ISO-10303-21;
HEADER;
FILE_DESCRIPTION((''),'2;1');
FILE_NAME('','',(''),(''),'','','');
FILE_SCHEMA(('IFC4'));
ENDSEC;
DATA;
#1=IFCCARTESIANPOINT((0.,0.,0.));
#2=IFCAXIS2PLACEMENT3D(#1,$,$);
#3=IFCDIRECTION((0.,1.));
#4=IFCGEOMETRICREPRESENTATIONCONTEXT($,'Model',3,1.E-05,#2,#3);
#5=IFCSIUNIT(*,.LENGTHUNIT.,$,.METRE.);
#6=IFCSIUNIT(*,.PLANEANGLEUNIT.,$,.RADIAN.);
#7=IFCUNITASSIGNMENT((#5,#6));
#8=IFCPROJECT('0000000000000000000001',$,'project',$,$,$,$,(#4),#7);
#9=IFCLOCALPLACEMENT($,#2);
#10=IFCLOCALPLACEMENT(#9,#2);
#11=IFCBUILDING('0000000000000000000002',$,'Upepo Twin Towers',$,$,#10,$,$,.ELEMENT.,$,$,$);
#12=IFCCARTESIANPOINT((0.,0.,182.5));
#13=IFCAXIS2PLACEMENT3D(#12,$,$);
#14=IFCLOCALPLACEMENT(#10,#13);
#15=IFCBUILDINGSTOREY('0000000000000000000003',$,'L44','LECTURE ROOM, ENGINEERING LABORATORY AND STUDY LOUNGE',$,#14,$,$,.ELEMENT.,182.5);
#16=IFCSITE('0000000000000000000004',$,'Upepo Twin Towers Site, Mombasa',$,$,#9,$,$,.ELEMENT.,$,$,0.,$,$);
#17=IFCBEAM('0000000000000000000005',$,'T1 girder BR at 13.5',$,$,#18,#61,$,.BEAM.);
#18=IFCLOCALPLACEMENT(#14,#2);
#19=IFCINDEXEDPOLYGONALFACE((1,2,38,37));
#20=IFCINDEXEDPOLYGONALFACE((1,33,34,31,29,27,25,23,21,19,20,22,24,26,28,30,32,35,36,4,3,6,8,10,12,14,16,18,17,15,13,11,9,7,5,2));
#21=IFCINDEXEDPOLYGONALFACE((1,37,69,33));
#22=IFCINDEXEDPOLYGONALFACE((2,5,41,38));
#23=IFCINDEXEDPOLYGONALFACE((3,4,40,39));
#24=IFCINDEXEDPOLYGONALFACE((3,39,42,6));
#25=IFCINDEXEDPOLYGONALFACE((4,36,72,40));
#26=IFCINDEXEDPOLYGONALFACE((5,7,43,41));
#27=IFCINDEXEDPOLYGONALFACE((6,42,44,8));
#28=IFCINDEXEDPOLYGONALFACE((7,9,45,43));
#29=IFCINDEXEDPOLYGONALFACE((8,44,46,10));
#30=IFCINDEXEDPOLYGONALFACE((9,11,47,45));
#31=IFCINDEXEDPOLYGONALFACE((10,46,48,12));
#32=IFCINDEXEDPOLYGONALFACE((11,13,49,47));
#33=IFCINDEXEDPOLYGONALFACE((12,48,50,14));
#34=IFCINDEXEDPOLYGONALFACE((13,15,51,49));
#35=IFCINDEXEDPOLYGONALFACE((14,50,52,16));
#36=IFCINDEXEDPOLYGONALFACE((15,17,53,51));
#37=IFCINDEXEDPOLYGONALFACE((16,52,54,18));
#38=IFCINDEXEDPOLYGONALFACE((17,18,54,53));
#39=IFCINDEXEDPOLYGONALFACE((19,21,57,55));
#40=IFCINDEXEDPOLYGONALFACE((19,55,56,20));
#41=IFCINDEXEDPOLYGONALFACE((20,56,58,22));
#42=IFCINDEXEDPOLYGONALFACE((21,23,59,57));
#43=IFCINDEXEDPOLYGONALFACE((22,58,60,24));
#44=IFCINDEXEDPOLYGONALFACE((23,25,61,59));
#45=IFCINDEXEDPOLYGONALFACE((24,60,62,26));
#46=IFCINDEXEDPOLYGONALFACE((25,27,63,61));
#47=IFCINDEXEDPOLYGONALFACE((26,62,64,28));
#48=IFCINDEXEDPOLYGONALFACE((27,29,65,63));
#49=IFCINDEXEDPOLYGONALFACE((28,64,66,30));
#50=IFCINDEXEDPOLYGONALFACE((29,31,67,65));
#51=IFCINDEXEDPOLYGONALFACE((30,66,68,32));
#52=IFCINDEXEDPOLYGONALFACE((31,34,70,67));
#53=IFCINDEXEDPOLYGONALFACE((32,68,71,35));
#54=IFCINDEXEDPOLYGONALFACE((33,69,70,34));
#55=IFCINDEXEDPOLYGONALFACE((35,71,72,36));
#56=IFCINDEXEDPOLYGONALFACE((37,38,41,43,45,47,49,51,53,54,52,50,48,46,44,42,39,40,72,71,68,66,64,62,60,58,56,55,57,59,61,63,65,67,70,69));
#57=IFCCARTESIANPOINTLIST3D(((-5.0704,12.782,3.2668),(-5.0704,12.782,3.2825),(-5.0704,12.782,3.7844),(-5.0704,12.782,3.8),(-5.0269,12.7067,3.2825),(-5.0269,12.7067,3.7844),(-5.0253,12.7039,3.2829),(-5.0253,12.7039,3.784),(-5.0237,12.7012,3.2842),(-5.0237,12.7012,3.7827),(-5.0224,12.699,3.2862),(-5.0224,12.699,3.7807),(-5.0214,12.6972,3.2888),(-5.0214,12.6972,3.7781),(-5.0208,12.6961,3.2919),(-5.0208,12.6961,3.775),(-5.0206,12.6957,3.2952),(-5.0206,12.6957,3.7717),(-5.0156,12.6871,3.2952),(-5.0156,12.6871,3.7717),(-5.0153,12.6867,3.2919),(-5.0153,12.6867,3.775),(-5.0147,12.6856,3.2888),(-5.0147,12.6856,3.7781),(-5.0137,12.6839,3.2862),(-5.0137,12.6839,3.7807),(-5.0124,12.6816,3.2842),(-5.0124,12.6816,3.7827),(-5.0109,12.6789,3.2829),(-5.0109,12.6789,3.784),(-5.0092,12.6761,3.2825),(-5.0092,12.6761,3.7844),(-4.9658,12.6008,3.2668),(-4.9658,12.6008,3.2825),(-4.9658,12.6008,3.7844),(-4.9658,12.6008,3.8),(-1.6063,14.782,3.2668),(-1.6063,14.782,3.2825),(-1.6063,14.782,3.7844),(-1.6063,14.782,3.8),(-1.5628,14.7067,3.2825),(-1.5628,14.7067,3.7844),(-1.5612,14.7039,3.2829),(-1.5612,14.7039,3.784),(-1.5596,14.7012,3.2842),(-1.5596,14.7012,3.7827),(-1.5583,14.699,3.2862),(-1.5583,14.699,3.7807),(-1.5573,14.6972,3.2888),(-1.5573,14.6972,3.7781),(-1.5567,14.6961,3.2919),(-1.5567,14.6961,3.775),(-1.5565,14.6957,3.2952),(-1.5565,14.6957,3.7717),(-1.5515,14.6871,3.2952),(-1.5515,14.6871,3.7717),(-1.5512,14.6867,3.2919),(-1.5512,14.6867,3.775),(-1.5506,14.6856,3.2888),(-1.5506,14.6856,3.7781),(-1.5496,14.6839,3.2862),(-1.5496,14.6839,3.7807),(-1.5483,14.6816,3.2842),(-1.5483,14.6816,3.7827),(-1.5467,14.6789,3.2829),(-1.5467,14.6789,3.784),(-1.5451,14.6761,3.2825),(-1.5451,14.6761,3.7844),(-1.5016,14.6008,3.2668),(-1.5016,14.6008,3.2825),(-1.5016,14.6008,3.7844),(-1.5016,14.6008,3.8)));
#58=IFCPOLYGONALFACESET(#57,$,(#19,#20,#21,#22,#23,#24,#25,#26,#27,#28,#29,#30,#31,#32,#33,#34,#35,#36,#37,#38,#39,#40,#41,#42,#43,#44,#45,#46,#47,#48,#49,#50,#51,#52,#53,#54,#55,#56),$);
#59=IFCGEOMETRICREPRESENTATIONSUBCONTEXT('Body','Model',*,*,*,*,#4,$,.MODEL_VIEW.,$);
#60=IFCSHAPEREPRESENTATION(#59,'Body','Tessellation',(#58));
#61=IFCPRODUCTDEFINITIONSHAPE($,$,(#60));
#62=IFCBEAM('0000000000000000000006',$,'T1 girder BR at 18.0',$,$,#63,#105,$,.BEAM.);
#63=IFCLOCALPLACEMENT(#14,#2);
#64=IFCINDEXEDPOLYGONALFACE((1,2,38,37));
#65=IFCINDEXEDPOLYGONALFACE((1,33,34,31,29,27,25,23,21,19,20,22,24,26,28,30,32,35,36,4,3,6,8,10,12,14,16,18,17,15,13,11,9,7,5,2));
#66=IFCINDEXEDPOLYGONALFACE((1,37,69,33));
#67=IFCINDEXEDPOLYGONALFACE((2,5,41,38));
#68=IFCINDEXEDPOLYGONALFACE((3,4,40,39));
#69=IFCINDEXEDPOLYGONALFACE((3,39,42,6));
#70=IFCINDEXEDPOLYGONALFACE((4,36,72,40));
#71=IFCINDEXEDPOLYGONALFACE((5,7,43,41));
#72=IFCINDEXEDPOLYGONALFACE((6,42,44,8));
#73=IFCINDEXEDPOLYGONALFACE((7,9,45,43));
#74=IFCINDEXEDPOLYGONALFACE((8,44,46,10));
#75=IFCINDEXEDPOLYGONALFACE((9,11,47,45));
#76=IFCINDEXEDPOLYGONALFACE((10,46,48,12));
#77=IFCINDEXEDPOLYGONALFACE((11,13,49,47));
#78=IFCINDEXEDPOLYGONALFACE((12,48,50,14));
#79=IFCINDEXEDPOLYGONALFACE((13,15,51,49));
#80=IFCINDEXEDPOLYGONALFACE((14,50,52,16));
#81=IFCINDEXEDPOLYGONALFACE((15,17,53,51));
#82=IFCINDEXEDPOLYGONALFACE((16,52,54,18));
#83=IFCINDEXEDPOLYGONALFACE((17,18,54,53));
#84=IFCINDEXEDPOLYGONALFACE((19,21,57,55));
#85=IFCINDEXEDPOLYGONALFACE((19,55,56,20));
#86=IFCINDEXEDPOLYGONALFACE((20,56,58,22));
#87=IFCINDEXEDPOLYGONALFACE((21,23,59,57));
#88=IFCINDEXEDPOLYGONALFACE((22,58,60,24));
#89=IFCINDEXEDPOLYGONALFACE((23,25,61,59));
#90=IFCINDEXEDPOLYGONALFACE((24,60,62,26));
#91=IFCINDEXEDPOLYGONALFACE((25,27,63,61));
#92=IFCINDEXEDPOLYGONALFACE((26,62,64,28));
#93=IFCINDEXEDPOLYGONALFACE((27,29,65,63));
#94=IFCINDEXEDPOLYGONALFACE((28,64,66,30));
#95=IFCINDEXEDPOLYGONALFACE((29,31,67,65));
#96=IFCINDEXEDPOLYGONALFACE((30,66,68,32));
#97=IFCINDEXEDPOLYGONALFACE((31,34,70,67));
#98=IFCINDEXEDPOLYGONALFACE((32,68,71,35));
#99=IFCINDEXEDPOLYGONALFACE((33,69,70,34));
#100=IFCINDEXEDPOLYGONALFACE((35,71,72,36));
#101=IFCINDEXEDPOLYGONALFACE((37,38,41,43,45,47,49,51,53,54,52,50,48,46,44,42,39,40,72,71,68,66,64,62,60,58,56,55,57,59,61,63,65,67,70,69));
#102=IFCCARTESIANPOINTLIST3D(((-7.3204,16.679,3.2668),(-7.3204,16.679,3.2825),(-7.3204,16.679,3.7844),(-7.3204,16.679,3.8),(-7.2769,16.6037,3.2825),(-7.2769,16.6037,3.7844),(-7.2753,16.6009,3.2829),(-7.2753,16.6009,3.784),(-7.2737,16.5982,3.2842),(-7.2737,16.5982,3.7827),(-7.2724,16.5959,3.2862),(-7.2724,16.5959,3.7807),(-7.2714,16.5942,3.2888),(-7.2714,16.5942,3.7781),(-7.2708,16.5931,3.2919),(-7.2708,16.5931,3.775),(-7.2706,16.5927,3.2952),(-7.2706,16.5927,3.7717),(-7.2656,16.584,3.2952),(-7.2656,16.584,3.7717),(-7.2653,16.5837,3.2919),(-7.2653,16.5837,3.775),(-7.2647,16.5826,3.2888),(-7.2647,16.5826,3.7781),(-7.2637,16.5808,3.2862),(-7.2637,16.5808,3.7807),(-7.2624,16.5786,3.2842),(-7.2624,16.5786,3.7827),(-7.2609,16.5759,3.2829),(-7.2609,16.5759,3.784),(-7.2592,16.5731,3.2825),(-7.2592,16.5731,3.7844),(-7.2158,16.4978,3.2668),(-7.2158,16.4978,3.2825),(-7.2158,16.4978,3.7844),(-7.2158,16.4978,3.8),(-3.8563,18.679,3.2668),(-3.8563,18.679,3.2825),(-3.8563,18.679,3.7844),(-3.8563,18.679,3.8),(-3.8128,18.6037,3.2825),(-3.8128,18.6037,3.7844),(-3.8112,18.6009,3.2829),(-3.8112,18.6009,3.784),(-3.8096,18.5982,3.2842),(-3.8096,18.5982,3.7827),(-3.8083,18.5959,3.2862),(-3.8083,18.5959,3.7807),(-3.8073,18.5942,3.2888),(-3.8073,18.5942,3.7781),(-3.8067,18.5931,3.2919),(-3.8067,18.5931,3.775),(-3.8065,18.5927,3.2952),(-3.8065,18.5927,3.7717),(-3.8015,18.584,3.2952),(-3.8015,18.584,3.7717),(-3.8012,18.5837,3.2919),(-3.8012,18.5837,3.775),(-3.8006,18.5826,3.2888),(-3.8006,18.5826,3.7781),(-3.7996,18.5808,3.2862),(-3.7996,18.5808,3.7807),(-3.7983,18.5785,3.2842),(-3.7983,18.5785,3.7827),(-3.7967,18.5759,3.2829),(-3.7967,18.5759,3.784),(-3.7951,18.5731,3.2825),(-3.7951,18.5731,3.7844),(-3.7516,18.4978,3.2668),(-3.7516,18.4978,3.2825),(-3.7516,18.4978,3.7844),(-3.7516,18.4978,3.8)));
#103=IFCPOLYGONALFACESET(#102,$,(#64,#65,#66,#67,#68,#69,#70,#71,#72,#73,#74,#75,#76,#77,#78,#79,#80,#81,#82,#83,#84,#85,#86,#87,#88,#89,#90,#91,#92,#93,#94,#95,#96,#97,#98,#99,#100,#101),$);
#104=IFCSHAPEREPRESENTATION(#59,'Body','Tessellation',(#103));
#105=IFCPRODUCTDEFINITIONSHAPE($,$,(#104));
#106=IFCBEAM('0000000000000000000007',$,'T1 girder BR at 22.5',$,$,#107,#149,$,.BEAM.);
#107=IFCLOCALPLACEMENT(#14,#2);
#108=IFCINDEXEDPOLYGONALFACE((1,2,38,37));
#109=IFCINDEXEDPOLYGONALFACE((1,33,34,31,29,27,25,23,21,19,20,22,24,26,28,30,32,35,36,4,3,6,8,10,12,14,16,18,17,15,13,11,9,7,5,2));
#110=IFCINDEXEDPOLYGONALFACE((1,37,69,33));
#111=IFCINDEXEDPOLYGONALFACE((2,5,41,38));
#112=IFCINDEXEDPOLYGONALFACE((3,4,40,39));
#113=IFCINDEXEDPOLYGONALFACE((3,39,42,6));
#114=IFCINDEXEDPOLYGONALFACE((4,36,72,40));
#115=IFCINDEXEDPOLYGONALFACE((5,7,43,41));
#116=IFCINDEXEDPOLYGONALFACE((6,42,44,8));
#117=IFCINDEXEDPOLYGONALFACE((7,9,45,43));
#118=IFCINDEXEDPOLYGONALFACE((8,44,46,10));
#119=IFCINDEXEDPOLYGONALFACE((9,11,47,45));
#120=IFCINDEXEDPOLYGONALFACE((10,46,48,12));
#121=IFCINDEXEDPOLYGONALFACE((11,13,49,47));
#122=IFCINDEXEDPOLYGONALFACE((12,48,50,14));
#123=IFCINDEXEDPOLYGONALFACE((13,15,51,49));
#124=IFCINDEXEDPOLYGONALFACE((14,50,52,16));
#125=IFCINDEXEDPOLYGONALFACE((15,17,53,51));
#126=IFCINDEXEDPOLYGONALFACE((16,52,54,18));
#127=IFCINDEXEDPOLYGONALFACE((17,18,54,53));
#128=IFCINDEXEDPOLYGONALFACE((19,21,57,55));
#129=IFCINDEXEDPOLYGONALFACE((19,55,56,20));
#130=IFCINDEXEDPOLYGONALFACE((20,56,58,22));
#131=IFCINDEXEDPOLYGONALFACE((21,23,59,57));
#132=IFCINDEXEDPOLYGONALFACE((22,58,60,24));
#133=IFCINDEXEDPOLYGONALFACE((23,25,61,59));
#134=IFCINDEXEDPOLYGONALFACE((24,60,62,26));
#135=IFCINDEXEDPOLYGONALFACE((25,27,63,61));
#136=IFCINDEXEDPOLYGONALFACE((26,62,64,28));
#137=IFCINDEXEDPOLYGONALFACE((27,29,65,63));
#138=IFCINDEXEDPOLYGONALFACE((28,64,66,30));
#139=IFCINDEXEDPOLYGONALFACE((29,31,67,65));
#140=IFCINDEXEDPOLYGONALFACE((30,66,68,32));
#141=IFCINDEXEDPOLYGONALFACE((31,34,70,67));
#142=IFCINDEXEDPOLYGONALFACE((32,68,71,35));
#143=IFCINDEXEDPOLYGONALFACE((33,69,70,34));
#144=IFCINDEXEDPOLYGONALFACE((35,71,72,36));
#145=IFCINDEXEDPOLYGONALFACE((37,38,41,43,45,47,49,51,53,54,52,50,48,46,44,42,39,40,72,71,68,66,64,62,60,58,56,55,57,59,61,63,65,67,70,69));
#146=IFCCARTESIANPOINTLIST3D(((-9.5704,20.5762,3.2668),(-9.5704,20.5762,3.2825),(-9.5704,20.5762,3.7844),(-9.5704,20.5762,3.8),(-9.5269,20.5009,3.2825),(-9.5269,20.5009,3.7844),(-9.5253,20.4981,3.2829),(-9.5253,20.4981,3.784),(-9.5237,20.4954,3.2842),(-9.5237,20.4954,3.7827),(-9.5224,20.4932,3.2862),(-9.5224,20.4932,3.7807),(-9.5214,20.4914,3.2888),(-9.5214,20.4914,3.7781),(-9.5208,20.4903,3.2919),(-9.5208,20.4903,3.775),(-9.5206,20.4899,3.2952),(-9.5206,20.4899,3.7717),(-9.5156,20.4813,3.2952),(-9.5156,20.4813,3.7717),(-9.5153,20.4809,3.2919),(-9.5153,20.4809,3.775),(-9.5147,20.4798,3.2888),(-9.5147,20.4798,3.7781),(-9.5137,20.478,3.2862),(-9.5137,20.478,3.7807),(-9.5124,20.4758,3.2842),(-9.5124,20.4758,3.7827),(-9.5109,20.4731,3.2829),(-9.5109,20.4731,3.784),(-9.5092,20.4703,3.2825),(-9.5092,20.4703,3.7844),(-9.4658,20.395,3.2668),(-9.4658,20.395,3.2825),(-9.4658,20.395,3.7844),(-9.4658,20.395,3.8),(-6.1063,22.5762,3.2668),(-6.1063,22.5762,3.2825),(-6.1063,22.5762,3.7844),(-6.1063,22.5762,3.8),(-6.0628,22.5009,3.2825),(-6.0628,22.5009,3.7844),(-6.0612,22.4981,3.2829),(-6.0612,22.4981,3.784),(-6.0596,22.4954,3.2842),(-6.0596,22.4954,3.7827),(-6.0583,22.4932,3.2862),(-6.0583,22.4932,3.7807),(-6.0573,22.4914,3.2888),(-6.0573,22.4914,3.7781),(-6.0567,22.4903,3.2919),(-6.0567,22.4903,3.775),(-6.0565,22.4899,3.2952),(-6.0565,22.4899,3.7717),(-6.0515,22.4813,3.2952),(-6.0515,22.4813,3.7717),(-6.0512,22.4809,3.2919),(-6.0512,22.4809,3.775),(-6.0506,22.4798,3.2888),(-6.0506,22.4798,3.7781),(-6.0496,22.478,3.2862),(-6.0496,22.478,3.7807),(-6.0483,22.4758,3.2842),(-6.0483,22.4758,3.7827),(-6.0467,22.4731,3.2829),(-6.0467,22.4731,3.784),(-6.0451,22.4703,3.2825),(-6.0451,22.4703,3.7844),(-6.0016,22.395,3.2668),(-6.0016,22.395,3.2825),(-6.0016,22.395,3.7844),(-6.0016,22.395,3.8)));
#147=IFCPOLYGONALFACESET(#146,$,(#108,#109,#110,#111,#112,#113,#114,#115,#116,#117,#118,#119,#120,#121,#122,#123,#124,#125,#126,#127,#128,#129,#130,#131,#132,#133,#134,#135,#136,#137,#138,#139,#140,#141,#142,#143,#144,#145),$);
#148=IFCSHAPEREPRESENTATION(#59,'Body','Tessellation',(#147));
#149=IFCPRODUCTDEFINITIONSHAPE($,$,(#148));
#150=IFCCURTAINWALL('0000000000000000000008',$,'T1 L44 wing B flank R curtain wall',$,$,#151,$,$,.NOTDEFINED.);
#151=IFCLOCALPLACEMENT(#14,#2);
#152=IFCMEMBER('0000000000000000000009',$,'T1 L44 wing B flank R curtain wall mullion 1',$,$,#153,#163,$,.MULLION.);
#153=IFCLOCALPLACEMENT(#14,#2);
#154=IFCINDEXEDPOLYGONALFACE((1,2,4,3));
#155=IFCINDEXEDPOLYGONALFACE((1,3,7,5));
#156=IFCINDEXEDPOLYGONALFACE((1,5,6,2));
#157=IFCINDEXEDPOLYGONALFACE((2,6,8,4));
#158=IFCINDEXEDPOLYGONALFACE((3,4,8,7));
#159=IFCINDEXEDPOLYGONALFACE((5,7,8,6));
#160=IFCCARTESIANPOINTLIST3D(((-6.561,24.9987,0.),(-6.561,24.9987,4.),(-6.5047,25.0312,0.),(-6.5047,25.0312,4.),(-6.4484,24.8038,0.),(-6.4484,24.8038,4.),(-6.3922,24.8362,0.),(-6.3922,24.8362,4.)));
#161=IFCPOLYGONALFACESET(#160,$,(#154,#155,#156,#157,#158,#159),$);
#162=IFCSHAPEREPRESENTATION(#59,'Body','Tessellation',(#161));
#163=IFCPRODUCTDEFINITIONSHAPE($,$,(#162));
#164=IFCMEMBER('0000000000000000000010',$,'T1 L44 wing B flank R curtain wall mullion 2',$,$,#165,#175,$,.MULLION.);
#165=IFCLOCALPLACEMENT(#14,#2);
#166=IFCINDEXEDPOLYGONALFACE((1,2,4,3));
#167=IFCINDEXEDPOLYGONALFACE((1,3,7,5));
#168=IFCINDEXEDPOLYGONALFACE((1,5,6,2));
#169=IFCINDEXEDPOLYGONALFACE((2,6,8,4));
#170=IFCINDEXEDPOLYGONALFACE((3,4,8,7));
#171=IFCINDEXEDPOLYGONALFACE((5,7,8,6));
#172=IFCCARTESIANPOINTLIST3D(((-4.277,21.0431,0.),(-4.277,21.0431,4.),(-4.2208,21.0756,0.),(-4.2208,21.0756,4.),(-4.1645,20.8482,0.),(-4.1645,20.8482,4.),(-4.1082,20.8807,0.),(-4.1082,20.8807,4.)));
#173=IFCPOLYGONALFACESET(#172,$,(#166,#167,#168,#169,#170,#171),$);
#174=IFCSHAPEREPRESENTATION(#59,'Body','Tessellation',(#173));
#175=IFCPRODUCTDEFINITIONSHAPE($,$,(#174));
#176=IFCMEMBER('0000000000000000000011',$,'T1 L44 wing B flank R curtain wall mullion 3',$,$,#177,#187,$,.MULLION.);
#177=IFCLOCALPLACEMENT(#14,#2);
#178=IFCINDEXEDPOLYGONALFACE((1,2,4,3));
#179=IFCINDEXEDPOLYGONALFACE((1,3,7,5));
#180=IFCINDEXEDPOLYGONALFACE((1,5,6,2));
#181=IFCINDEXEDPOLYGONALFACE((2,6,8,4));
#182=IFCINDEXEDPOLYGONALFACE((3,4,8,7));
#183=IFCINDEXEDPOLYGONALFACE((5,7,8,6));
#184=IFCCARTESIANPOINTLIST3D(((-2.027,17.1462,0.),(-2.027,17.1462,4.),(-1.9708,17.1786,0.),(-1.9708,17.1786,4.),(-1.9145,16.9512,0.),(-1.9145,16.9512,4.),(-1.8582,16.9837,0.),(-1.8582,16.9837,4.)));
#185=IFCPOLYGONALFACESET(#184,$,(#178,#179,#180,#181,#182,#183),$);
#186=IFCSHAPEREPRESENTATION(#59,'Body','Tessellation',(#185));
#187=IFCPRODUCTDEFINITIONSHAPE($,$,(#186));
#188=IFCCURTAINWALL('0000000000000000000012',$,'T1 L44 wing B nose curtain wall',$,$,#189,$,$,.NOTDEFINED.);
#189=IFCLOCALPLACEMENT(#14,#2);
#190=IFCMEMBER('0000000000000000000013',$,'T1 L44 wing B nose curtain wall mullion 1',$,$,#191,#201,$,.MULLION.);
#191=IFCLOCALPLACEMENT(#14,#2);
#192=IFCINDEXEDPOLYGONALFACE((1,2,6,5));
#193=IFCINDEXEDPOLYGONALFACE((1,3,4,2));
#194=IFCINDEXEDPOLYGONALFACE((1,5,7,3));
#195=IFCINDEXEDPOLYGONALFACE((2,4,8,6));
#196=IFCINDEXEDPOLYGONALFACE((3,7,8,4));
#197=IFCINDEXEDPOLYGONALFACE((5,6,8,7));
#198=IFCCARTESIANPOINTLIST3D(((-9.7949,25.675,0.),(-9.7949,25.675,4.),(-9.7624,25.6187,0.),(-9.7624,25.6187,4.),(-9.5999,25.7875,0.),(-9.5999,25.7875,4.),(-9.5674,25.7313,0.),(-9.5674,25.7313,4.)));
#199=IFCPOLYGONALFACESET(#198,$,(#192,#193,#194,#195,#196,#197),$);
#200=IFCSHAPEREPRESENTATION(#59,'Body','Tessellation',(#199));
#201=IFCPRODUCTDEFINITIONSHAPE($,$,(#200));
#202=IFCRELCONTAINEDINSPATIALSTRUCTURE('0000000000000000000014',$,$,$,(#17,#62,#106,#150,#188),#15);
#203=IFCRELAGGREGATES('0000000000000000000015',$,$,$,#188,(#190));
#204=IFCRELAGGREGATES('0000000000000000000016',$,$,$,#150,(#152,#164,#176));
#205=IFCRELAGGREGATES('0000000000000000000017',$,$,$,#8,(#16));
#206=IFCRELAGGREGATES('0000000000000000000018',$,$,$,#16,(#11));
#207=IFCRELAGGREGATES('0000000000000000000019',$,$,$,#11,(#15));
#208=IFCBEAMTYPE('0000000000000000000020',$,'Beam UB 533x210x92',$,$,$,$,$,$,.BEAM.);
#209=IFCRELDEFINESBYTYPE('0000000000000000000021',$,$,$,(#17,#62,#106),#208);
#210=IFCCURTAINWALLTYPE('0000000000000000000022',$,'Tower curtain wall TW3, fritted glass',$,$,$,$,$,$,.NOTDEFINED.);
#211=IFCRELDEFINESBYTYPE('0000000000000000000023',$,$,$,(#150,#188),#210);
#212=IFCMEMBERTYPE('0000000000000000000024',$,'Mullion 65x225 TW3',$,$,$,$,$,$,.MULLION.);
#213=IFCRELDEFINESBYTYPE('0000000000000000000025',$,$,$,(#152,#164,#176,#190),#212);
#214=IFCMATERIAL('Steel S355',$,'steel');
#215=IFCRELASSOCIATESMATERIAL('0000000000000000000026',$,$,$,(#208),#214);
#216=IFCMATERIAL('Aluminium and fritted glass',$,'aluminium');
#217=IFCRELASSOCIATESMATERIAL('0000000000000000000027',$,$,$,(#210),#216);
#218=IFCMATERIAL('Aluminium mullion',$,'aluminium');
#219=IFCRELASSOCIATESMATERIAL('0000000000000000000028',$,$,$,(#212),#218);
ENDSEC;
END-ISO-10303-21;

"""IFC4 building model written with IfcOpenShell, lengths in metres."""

from ifc_helpers import new_model, si_unit, direction, frame, origin, origin_2d, place, context, subcontext, project, spatial, rectangle, i_section, extrude, material, material_profile, profile_set, type_object, element, aggregate, save


model = new_model("IFC4")

# Units and contexts
model_context = context("Model", 3, precision=1e-05, world=origin(), true_north=direction((0.0, 1.0)))
body_context = subcontext(model_context, "Body", "Model", "MODEL_VIEW")
ifc_project = project(units=[si_unit("LENGTHUNIT", "METRE"), si_unit("PLANEANGLEUNIT", "RADIAN")], contexts=[model_context])

# Site, building, storey
site_placement = place(None, origin())
site = spatial("IfcSite", under=ifc_project, at=site_placement, Name="Upepo Twin Towers Site, Mombasa", CompositionType="ELEMENT", RefElevation=0.0)
building_placement = place(site_placement, origin())
building = spatial("IfcBuilding", under=site, at=building_placement, Name="Upepo Twin Towers", CompositionType="ELEMENT")
storey_placement = place(building_placement, frame((0.0, 0.0, 182.5)))
storey = spatial("IfcBuildingStorey", under=building, at=storey_placement, Name="L44", Description="LECTURE ROOM, ENGINEERING LABORATORY AND STUDY LOUNGE", CompositionType="ELEMENT", Elevation=182.5)

# Beams
ifc_material_1 = material(Name="Steel S355", Category="steel")
ifc_material_profile_1 = material_profile(ifc_material_1, i_section(OverallWidth=0.2092, OverallDepth=0.5332, WebThickness=0.01, FlangeThickness=0.0156, FilletRadius=0.0127, at=origin_2d()), Name="UB 533x210x92")
ifc_profile_set_1 = profile_set([ifc_material_profile_1], Name="Steel S355")
beam_type_1 = type_object("IfcBeamType", Name="Beam UB 533x210x92", PredefinedType="BEAM", material=ifc_profile_set_1)
for number, where, z_axis, x_axis, name in (
    (1, (-1.554, 14.6914, 3.5334), (-0.866026, -0.499999, 0.0), (0.499999, -0.866026, 0.0), "T1 girder BR at 13.5"),
    (2, (-3.804, 18.5884, 3.5334), (-0.866026, -0.499999, 0.0), (0.499999, -0.866026, 0.0), "T1 girder BR at 18.0"),
    (3, (-6.054, 22.4856, 3.5334), (-0.866026, -0.499999, 0.0), (0.499999, -0.866026, 0.0), "T1 girder BR at 22.5"),
):
    element("IfcBeam", number, at=place(storey_placement, frame(where, z_axis=z_axis, x_axis=x_axis)), inside=storey, type_object=beam_type_1, Name=name, PredefinedType="BEAM", context=body_context, shape_type="SweptSolid", body=[
        extrude(i_section(OverallWidth=0.2092, OverallDepth=0.5332, WebThickness=0.01, FlangeThickness=0.0156, FilletRadius=0.0127, at=origin_2d()), origin(), (0.0, 0.0, 1.0), 4.0),
    ])

# Curtain wall, members
ifc_material_2 = material(Name="Aluminium and fritted glass", Category="aluminium")
curtain_wall_type = type_object("IfcCurtainWallType", Name="Tower curtain wall TW3, fritted glass", PredefinedType="NOTDEFINED", material=ifc_material_2)
curtain_wall_1_placement = place(storey_placement, origin())
curtain_wall_1 = element("IfcCurtainWall", 4, at=curtain_wall_1_placement, inside=storey, type_object=curtain_wall_type, Name="T1 L44 wing B flank R curtain wall", PredefinedType="NOTDEFINED")
ifc_material_3 = material(Name="Aluminium mullion", Category="aluminium")
ifc_material_profile_2 = material_profile(ifc_material_3, rectangle(XDim=0.0649, YDim=0.2251, at=origin_2d()), Name="MULLION 65x225")
ifc_profile_set_2 = profile_set([ifc_material_profile_2], Name="Aluminium mullion")
member_type_1 = type_object("IfcMemberType", Name="Mullion 65x225 TW3", PredefinedType="MULLION", material=ifc_profile_set_2)
member_1_placement = place(storey_placement, frame((-6.4766, 24.9175, 0.0), z_axis=(0.0, 0.0, 1.0), x_axis=(0.866025, 0.5, 0.0)))
member_1 = element("IfcMember", 5, at=member_1_placement, type_object=member_type_1, Name="T1 L44 wing B flank R curtain wall mullion 1", PredefinedType="MULLION", context=body_context, shape_type="SweptSolid", body=[
    extrude(rectangle(XDim=0.0649, YDim=0.2251, at=origin_2d()), origin(), (0.0, 0.0, 1.0), 4.0),
])
member_2_placement = place(storey_placement, frame((-4.1926, 20.9619, 0.0), z_axis=(0.0, 0.0, 1.0), x_axis=(0.866025, 0.5, 0.0)))
member_2 = element("IfcMember", 6, at=member_2_placement, type_object=member_type_1, Name="T1 L44 wing B flank R curtain wall mullion 2", PredefinedType="MULLION", context=body_context, shape_type="SweptSolid", body=[
    extrude(rectangle(XDim=0.0649, YDim=0.2251, at=origin_2d()), origin(), (0.0, 0.0, 1.0), 4.0),
])
member_3_placement = place(storey_placement, frame((-1.9426, 17.0649, 0.0), z_axis=(0.0, 0.0, 1.0), x_axis=(0.866025, 0.5, 0.0)))
member_3 = element("IfcMember", 7, at=member_3_placement, type_object=member_type_1, Name="T1 L44 wing B flank R curtain wall mullion 3", PredefinedType="MULLION", context=body_context, shape_type="SweptSolid", body=[
    extrude(rectangle(XDim=0.0649, YDim=0.2251, at=origin_2d()), origin(), (0.0, 0.0, 1.0), 4.0),
])

# Curtain wall, member
curtain_wall_2_placement = place(storey_placement, origin())
curtain_wall_2 = element("IfcCurtainWall", 8, at=curtain_wall_2_placement, inside=storey, type_object=curtain_wall_type, Name="T1 L44 wing B nose curtain wall", PredefinedType="NOTDEFINED")
member_4_placement = place(storey_placement, frame((-9.6812, 25.7031, 0.0), z_axis=(0.0, 0.0, 1.0), x_axis=(0.5, -0.866025, 0.0)))
member_4 = element("IfcMember", 9, at=member_4_placement, type_object=member_type_1, Name="T1 L44 wing B nose curtain wall mullion 1", PredefinedType="MULLION", context=body_context, shape_type="SweptSolid", body=[
    extrude(rectangle(XDim=0.0649, YDim=0.2251, at=origin_2d()), origin(), (0.0, 0.0, 1.0), 4.0),
])

aggregate(curtain_wall_2, [member_4])

aggregate(curtain_wall_1, [member_1, member_2, member_3])

save(model, "model.ifc")
